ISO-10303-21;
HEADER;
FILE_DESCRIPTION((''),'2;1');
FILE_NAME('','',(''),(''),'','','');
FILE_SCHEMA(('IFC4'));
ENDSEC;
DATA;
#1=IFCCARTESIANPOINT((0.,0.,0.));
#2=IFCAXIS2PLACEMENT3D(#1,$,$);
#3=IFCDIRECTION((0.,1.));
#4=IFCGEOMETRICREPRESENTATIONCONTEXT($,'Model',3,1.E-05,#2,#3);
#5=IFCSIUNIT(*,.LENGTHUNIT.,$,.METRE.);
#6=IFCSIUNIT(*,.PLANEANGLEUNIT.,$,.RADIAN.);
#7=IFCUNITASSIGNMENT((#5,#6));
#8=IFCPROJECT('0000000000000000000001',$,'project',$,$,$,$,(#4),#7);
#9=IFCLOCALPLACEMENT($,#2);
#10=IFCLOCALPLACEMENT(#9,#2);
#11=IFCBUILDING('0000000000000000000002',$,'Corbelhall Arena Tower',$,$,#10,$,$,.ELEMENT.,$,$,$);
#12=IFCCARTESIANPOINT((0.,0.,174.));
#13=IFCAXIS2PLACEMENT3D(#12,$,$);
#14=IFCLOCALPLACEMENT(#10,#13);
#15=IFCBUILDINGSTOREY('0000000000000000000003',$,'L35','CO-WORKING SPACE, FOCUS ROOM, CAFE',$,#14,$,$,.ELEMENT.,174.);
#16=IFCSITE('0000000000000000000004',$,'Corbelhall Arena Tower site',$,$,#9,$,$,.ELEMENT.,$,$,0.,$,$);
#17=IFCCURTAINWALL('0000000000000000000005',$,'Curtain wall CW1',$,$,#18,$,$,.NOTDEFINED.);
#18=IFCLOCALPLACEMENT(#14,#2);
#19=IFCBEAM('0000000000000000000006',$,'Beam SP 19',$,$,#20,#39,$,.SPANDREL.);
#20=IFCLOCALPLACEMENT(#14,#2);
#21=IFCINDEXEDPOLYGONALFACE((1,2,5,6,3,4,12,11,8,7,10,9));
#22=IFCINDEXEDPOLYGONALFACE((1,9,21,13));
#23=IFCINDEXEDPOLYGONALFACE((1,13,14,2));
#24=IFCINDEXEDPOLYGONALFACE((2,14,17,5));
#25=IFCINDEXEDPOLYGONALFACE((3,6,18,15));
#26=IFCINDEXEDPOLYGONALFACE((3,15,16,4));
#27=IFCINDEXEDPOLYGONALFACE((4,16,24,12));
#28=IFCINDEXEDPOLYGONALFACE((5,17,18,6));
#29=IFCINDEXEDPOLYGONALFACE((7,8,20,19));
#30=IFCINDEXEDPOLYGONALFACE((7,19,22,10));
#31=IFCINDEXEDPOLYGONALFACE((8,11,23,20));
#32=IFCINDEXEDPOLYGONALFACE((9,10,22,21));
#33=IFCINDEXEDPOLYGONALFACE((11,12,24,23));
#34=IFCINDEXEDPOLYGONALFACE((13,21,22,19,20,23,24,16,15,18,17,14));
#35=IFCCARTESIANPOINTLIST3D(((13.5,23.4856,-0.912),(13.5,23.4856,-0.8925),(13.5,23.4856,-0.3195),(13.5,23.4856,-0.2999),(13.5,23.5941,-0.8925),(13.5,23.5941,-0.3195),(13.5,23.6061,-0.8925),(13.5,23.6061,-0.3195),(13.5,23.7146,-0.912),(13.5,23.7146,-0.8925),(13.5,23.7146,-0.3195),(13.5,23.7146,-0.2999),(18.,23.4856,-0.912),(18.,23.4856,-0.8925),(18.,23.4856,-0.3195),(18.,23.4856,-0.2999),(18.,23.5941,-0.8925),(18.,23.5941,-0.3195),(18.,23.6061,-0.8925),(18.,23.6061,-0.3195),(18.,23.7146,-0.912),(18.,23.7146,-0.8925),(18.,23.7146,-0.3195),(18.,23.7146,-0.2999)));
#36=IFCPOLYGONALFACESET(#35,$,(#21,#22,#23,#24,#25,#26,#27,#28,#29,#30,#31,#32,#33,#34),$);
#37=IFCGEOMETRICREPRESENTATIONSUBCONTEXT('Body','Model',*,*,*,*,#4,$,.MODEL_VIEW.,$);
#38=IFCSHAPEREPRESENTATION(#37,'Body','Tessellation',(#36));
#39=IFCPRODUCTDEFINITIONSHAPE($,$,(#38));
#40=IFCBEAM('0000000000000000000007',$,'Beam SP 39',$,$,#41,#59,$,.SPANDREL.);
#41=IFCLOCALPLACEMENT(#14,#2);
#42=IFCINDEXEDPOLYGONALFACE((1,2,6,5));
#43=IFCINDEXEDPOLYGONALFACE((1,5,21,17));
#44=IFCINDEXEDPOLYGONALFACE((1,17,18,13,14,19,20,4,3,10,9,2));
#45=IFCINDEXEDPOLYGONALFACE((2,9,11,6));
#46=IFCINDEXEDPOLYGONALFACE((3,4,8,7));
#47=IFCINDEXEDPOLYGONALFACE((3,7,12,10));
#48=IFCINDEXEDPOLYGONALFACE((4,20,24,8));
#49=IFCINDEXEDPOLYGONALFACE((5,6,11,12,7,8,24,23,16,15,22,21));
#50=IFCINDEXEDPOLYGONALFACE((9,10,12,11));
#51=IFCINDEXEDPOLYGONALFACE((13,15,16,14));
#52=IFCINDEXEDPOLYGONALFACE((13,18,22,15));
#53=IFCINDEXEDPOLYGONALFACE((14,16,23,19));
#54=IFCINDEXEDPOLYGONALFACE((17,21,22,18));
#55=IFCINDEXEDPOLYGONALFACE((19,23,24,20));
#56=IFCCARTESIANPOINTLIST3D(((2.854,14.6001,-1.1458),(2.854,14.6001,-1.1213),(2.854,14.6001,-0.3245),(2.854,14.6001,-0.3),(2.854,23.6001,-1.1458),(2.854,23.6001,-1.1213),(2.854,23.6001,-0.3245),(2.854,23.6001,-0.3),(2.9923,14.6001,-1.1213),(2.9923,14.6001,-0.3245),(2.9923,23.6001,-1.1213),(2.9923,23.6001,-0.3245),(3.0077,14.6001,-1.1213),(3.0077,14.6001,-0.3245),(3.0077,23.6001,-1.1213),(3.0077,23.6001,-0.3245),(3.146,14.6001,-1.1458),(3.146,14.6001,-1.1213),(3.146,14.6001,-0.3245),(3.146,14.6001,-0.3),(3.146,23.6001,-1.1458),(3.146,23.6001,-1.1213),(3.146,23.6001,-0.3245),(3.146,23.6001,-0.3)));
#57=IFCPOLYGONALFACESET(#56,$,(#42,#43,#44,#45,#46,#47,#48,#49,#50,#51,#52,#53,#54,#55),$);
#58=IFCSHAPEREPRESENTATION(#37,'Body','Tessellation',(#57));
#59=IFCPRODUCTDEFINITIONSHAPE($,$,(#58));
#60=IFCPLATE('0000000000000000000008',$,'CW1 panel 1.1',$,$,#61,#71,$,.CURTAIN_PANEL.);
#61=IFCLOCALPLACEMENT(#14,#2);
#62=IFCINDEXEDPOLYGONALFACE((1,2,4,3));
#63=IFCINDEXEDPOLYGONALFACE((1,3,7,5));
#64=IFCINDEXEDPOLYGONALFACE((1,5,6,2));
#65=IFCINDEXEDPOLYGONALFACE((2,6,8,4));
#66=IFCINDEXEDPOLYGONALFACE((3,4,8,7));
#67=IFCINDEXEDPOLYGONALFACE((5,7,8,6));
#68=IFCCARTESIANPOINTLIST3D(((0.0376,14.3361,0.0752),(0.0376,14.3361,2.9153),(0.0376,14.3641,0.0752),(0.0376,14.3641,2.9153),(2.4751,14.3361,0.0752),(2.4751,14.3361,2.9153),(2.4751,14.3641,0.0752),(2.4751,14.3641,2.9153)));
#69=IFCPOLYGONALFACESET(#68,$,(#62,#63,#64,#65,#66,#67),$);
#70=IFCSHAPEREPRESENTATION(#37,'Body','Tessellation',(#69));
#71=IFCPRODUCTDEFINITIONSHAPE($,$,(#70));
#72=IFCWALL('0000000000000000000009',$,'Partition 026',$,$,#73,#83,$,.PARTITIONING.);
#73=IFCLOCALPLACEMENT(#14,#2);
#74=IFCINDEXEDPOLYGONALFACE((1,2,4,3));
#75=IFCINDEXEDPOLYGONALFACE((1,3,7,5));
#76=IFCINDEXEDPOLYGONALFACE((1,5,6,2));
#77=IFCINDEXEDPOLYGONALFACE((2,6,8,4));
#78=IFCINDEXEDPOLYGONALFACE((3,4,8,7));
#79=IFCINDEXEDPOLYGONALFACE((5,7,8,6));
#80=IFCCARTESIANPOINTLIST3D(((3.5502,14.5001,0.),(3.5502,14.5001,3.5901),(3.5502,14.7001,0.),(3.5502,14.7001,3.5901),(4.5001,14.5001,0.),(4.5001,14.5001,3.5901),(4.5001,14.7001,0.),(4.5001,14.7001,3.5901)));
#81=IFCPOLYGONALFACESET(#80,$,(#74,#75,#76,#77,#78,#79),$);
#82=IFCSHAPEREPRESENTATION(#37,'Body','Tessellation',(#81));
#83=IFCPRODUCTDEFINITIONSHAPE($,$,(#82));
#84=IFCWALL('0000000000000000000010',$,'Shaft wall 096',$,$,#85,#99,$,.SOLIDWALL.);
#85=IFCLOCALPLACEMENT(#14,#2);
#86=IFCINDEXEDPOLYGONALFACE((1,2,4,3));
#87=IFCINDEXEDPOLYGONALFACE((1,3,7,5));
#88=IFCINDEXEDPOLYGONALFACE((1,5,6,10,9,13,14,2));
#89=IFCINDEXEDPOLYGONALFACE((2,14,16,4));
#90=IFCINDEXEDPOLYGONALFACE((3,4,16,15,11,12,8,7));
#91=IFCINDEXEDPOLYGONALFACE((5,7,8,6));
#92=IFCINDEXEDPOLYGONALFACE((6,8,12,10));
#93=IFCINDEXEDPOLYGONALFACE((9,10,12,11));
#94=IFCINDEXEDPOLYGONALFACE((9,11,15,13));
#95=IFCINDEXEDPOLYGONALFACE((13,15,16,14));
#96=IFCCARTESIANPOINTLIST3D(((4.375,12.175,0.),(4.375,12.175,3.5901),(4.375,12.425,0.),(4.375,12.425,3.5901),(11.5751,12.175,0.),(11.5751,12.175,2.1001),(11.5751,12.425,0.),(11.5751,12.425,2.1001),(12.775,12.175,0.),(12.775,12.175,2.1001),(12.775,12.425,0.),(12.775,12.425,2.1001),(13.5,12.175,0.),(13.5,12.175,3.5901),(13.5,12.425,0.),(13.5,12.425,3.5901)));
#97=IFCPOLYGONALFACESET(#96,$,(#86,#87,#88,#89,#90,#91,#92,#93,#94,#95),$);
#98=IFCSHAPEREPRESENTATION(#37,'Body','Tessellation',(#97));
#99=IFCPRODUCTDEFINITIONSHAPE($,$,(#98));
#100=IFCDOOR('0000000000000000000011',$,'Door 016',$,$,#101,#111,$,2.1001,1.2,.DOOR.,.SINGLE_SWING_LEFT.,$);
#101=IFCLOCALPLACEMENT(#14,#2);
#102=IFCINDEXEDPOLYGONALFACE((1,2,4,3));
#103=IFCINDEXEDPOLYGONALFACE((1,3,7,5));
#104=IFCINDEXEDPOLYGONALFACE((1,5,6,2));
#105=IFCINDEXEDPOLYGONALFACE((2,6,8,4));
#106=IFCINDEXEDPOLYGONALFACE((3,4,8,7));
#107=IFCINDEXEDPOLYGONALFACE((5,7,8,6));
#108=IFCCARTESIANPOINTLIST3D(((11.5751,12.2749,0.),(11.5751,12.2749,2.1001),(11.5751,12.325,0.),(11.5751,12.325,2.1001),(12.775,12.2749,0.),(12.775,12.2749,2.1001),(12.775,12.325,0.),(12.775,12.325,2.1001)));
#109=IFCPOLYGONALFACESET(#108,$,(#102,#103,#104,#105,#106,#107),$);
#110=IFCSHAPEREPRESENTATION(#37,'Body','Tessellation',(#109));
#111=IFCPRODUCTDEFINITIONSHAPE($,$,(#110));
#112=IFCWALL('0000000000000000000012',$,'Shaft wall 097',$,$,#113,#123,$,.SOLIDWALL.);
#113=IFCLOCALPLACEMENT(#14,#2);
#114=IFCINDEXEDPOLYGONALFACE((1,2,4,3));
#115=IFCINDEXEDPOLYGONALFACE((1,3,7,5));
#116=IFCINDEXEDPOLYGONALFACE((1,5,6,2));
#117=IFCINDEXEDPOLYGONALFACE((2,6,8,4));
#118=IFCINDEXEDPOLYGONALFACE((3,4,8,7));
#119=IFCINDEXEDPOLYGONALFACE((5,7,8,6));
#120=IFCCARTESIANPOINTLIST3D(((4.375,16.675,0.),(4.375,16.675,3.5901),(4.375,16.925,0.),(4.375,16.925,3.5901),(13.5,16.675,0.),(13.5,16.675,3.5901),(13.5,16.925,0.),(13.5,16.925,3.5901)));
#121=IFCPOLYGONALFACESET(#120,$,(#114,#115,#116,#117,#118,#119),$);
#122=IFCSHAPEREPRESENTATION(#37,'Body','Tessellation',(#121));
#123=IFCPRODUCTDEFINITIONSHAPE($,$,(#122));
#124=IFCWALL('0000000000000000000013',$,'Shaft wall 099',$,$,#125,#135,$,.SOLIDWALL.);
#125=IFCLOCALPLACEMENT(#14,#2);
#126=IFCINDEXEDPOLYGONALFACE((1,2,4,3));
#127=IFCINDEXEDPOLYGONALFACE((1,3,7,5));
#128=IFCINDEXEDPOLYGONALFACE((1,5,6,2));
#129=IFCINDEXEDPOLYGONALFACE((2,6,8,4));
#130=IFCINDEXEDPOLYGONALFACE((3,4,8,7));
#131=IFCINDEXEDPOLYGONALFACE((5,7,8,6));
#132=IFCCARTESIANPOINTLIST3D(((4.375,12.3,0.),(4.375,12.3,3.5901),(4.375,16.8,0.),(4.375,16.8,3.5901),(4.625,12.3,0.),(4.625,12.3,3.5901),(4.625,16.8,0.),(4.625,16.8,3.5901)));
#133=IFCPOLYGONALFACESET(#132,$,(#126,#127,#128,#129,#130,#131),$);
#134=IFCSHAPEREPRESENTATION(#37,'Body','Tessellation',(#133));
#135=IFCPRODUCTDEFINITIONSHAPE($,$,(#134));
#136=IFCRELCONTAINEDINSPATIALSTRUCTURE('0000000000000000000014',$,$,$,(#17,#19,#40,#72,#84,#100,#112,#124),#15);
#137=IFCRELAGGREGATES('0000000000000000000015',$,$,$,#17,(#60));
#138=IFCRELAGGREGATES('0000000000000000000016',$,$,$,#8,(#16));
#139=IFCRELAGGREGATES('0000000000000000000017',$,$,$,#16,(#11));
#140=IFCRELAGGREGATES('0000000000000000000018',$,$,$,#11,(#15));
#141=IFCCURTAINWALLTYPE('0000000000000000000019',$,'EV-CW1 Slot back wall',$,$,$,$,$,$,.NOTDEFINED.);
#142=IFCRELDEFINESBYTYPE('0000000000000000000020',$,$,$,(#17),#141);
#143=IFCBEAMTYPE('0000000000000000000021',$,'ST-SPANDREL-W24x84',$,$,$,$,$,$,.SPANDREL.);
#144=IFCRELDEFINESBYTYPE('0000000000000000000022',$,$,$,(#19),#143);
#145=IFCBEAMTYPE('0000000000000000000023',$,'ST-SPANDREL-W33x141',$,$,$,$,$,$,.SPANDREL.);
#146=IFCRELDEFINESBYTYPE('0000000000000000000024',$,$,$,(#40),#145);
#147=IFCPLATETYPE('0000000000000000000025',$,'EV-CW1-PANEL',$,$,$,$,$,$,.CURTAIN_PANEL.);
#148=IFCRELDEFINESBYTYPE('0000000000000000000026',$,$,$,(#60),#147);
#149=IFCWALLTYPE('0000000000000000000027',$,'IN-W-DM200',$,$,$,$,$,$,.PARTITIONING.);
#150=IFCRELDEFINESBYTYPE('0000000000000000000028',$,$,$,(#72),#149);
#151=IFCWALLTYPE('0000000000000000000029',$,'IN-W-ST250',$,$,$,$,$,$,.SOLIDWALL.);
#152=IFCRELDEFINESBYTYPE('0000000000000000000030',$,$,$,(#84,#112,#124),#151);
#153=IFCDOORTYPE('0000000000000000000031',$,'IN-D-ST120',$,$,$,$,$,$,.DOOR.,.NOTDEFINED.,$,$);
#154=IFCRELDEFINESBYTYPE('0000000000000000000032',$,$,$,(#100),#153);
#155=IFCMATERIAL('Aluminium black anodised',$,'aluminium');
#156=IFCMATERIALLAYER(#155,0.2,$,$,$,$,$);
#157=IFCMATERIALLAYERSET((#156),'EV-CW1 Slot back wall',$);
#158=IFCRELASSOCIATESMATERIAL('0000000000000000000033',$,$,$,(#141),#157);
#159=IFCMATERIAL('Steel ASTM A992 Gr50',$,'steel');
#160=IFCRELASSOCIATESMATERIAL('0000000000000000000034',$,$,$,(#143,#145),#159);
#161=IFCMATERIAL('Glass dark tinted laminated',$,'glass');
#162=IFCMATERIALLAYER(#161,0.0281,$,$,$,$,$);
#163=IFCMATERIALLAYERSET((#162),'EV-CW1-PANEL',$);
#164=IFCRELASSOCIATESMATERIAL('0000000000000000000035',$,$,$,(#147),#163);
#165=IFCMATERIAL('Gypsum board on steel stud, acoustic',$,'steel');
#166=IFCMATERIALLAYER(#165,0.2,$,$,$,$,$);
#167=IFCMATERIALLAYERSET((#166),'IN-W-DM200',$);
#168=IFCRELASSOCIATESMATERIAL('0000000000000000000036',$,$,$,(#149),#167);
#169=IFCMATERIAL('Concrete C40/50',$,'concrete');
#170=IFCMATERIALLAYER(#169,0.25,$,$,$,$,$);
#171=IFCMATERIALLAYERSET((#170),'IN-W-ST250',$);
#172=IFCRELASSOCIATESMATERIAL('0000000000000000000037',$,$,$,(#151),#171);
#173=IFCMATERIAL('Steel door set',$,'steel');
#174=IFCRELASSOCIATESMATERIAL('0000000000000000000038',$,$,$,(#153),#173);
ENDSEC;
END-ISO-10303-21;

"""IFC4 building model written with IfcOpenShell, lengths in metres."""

from ifc_helpers import new_model, si_unit, direction, frame, frame_2d, origin, origin_2d, place, context, subcontext, project, spatial, rectangle, i_section, extrude, material, layer, layer_set, material_profile, profile_set, type_object, element, fill, aggregate, save


model = new_model("IFC4")

# Units and contexts
model_context = context("Model", 3, precision=1e-05, world=origin(), true_north=direction((0.0, 1.0)))
body_context = subcontext(model_context, "Body", "Model", "MODEL_VIEW")
ifc_project = project(units=[si_unit("LENGTHUNIT", "METRE"), si_unit("PLANEANGLEUNIT", "RADIAN")], contexts=[model_context])

# Site, building, storey
site_placement = place(None, origin())
site = spatial("IfcSite", under=ifc_project, at=site_placement, Name="Corbelhall Arena Tower site", CompositionType="ELEMENT", RefElevation=0.0)
building_placement = place(site_placement, origin())
building = spatial("IfcBuilding", under=site, at=building_placement, Name="Corbelhall Arena Tower", CompositionType="ELEMENT")
storey_placement = place(building_placement, frame((0.0, 0.0, 174.0)))
storey = spatial("IfcBuildingStorey", under=building, at=storey_placement, Name="L35", Description="CO-WORKING SPACE, FOCUS ROOM, CAFE", CompositionType="ELEMENT", Elevation=174.0)

# Curtain wall
ifc_material_1 = material(Name="Aluminium black anodised", Category="aluminium")
ifc_layer_1 = layer(ifc_material_1, 0.2)
ifc_layer_set_1 = layer_set([ifc_layer_1], Name="EV-CW1 Slot back wall")
curtain_wall_type = type_object("IfcCurtainWallType", Name="EV-CW1 Slot back wall", PredefinedType="NOTDEFINED", material=ifc_layer_set_1)
curtain_wall_placement = place(storey_placement, origin())
curtain_wall = element("IfcCurtainWall", 1, at=curtain_wall_placement, inside=storey, type_object=curtain_wall_type, Name="Curtain wall CW1", PredefinedType="NOTDEFINED")

# Beams
ifc_material_2 = material(Name="Steel ASTM A992 Gr50", Category="steel")
ifc_material_profile_1 = material_profile(ifc_material_2, i_section(OverallWidth=0.229, OverallDepth=0.6121, WebThickness=0.012, FlangeThickness=0.0195, at=origin_2d()))
ifc_profile_set_1 = profile_set([ifc_material_profile_1], Name="Steel ASTM A992 Gr50")
beam_type_1 = type_object("IfcBeamType", Name="ST-SPANDREL-W24x84", PredefinedType="SPANDREL", material=ifc_profile_set_1)
for number, where, z_axis, x_axis, name in (
    (2, (13.5, 23.6001, -0.606), (1.0, 0.0, 0.0), (0.0, 1.0, 0.0), "Beam SP 19"),
):
    element("IfcBeam", number, at=place(storey_placement, frame(where, z_axis=z_axis, x_axis=x_axis)), inside=storey, type_object=beam_type_1, Name=name, PredefinedType="SPANDREL", context=body_context, shape_type="SweptSolid", body=[
        extrude(i_section(OverallWidth=0.229, OverallDepth=0.6121, WebThickness=0.012, FlangeThickness=0.0195, at=origin_2d()), origin(), (0.0, 0.0, 1.0), 4.5),
    ])
ifc_material_profile_2 = material_profile(ifc_material_2, i_section(OverallWidth=0.292, OverallDepth=0.8457, WebThickness=0.0154, FlangeThickness=0.0244, at=origin_2d()))
ifc_profile_set_2 = profile_set([ifc_material_profile_2], Name="Steel ASTM A992 Gr50")
beam_type_2 = type_object("IfcBeamType", Name="ST-SPANDREL-W33x141", PredefinedType="SPANDREL", material=ifc_profile_set_2)
beam_1_placement = place(storey_placement, frame((3.0, 14.6001, -0.7229), z_axis=(0.0, 1.0, 0.0), x_axis=(-1.0, 0.0, 0.0)))
element("IfcBeam", 3, at=beam_1_placement, inside=storey, type_object=beam_type_2, Name="Beam SP 39", PredefinedType="SPANDREL", context=body_context, shape_type="SweptSolid", body=[
    extrude(i_section(OverallWidth=0.292, OverallDepth=0.8457, WebThickness=0.0154, FlangeThickness=0.0244, at=origin_2d()), origin(), (0.0, 0.0, 1.0), 9.0),
])

# Plate
ifc_material_3 = material(Name="Glass dark tinted laminated", Category="glass")
ifc_layer_2 = layer(ifc_material_3, 0.0281)
ifc_layer_set_2 = layer_set([ifc_layer_2], Name="EV-CW1-PANEL")
plate_type = type_object("IfcPlateType", Name="EV-CW1-PANEL", PredefinedType="CURTAIN_PANEL", material=ifc_layer_set_2)
plate_placement = place(storey_placement, frame((1.2563, 14.3501, 0.0752), z_axis=(0.0, 0.0, 1.0), x_axis=(-1.0, 0.0, 0.0)))
plate = element("IfcPlate", 4, at=plate_placement, type_object=plate_type, Name="CW1 panel 1.1", PredefinedType="CURTAIN_PANEL", context=body_context, shape_type="SweptSolid", body=[
    extrude(rectangle(XDim=2.4375, YDim=0.0281, at=origin_2d()), origin(), (0.0, 0.0, 1.0), 2.8401),
])
aggregate(curtain_wall, [plate])

# Wall
ifc_material_4 = material(Name="Gypsum board on steel stud, acoustic", Category="steel")
ifc_layer_3 = layer(ifc_material_4, 0.2)
ifc_layer_set_3 = layer_set([ifc_layer_3], Name="IN-W-DM200")
wall_type_1 = type_object("IfcWallType", Name="IN-W-DM200", PredefinedType="PARTITIONING", material=ifc_layer_set_3)
wall_1_placement = place(storey_placement, frame((3.55, 14.6001, 0.0), z_axis=(0.0, 0.0, 1.0), x_axis=(1.0, 0.0, 0.0)))
element("IfcWall", 5, at=wall_1_placement, inside=storey, type_object=wall_type_1, Name="Partition 026", PredefinedType="PARTITIONING", context=body_context, shape_type="SweptSolid", body=[
    extrude(rectangle(XDim=0.95, YDim=0.2, at=frame_2d((0.4751, 0.0))), origin(), (0.0, 0.0, 1.0), 3.5901),
])

# Wall, opening, door
ifc_material_5 = material(Name="Steel door set", Category="steel")
ifc_material_6 = material(Name="Concrete C40/50", Category="concrete")
ifc_layer_4 = layer(ifc_material_6, 0.25)
ifc_layer_set_4 = layer_set([ifc_layer_4], Name="IN-W-ST250")
wall_type_2 = type_object("IfcWallType", Name="IN-W-ST250", PredefinedType="SOLIDWALL", material=ifc_layer_set_4)
wall_2_placement = place(storey_placement, frame((4.375, 12.3, 0.0), z_axis=(0.0, 0.0, 1.0), x_axis=(1.0, 0.0, 0.0)))
wall_2 = element("IfcWall", 6, at=wall_2_placement, inside=storey, type_object=wall_type_2, Name="Shaft wall 096", PredefinedType="SOLIDWALL", context=body_context, shape_type="SweptSolid", body=[
    extrude(rectangle(XDim=9.125, YDim=0.25, at=frame_2d((4.5625, 0.0))), origin(), (0.0, 0.0, 1.0), 3.5901),
])
opening_1_placement = place(wall_2_placement, frame((7.2, 0.0, 0.0)))
opening_1 = element("IfcOpeningElement", 7, at=opening_1_placement, cuts=wall_2, PredefinedType="OPENING", context=body_context, shape_type="SweptSolid", body=[
    extrude(rectangle(XDim=1.2, YDim=2.1001, at=frame_2d((0.6001, 1.05))), frame((0.0, 0.125, 0.0), z_axis=(0.0, -1.0, 0.0), x_axis=(1.0, 0.0, 0.0)), (0.0, 0.0, 1.0), 0.25),
])
door_type_1 = type_object("IfcDoorType", Name="IN-D-ST120", OperationType="NOTDEFINED", PredefinedType="DOOR", material=ifc_material_5)
door_1_placement = place(opening_1_placement, origin())
door_1 = element("IfcDoor", 8, at=door_1_placement, inside=storey, type_object=door_type_1, Name="Door 016", OperationType="SINGLE_SWING_LEFT", OverallHeight=2.1001, OverallWidth=1.2, PredefinedType="DOOR", context=body_context, shape_type="SweptSolid", body=[
    extrude(rectangle(XDim=1.2, YDim=2.1001, at=frame_2d((0.6001, 1.05))), frame((0.0, 0.0249, 0.0), z_axis=(0.0, -1.0, 0.0), x_axis=(1.0, 0.0, 0.0)), (0.0, 0.0, 1.0), 0.05),
])
fill(opening_1, door_1)

# Walls
wall_3_placement = place(storey_placement, frame((4.375, 16.8, 0.0), z_axis=(0.0, 0.0, 1.0), x_axis=(1.0, 0.0, 0.0)))
element("IfcWall", 9, at=wall_3_placement, inside=storey, type_object=wall_type_2, Name="Shaft wall 097", PredefinedType="SOLIDWALL", context=body_context, shape_type="SweptSolid", body=[
    extrude(rectangle(XDim=9.125, YDim=0.25, at=frame_2d((4.5625, 0.0))), origin(), (0.0, 0.0, 1.0), 3.5901),
])
wall_4_placement = place(storey_placement, frame((4.5, 12.3, 0.0), z_axis=(0.0, 0.0, 1.0), x_axis=(0.0, 1.0, 0.0)))
element("IfcWall", 10, at=wall_4_placement, inside=storey, type_object=wall_type_2, Name="Shaft wall 099", PredefinedType="SOLIDWALL", context=body_context, shape_type="SweptSolid", body=[
    extrude(rectangle(XDim=4.5, YDim=0.25, at=frame_2d((2.25, 0.0))), origin(), (0.0, 0.0, 1.0), 3.5901),
])

save(model, "model.ifc")
